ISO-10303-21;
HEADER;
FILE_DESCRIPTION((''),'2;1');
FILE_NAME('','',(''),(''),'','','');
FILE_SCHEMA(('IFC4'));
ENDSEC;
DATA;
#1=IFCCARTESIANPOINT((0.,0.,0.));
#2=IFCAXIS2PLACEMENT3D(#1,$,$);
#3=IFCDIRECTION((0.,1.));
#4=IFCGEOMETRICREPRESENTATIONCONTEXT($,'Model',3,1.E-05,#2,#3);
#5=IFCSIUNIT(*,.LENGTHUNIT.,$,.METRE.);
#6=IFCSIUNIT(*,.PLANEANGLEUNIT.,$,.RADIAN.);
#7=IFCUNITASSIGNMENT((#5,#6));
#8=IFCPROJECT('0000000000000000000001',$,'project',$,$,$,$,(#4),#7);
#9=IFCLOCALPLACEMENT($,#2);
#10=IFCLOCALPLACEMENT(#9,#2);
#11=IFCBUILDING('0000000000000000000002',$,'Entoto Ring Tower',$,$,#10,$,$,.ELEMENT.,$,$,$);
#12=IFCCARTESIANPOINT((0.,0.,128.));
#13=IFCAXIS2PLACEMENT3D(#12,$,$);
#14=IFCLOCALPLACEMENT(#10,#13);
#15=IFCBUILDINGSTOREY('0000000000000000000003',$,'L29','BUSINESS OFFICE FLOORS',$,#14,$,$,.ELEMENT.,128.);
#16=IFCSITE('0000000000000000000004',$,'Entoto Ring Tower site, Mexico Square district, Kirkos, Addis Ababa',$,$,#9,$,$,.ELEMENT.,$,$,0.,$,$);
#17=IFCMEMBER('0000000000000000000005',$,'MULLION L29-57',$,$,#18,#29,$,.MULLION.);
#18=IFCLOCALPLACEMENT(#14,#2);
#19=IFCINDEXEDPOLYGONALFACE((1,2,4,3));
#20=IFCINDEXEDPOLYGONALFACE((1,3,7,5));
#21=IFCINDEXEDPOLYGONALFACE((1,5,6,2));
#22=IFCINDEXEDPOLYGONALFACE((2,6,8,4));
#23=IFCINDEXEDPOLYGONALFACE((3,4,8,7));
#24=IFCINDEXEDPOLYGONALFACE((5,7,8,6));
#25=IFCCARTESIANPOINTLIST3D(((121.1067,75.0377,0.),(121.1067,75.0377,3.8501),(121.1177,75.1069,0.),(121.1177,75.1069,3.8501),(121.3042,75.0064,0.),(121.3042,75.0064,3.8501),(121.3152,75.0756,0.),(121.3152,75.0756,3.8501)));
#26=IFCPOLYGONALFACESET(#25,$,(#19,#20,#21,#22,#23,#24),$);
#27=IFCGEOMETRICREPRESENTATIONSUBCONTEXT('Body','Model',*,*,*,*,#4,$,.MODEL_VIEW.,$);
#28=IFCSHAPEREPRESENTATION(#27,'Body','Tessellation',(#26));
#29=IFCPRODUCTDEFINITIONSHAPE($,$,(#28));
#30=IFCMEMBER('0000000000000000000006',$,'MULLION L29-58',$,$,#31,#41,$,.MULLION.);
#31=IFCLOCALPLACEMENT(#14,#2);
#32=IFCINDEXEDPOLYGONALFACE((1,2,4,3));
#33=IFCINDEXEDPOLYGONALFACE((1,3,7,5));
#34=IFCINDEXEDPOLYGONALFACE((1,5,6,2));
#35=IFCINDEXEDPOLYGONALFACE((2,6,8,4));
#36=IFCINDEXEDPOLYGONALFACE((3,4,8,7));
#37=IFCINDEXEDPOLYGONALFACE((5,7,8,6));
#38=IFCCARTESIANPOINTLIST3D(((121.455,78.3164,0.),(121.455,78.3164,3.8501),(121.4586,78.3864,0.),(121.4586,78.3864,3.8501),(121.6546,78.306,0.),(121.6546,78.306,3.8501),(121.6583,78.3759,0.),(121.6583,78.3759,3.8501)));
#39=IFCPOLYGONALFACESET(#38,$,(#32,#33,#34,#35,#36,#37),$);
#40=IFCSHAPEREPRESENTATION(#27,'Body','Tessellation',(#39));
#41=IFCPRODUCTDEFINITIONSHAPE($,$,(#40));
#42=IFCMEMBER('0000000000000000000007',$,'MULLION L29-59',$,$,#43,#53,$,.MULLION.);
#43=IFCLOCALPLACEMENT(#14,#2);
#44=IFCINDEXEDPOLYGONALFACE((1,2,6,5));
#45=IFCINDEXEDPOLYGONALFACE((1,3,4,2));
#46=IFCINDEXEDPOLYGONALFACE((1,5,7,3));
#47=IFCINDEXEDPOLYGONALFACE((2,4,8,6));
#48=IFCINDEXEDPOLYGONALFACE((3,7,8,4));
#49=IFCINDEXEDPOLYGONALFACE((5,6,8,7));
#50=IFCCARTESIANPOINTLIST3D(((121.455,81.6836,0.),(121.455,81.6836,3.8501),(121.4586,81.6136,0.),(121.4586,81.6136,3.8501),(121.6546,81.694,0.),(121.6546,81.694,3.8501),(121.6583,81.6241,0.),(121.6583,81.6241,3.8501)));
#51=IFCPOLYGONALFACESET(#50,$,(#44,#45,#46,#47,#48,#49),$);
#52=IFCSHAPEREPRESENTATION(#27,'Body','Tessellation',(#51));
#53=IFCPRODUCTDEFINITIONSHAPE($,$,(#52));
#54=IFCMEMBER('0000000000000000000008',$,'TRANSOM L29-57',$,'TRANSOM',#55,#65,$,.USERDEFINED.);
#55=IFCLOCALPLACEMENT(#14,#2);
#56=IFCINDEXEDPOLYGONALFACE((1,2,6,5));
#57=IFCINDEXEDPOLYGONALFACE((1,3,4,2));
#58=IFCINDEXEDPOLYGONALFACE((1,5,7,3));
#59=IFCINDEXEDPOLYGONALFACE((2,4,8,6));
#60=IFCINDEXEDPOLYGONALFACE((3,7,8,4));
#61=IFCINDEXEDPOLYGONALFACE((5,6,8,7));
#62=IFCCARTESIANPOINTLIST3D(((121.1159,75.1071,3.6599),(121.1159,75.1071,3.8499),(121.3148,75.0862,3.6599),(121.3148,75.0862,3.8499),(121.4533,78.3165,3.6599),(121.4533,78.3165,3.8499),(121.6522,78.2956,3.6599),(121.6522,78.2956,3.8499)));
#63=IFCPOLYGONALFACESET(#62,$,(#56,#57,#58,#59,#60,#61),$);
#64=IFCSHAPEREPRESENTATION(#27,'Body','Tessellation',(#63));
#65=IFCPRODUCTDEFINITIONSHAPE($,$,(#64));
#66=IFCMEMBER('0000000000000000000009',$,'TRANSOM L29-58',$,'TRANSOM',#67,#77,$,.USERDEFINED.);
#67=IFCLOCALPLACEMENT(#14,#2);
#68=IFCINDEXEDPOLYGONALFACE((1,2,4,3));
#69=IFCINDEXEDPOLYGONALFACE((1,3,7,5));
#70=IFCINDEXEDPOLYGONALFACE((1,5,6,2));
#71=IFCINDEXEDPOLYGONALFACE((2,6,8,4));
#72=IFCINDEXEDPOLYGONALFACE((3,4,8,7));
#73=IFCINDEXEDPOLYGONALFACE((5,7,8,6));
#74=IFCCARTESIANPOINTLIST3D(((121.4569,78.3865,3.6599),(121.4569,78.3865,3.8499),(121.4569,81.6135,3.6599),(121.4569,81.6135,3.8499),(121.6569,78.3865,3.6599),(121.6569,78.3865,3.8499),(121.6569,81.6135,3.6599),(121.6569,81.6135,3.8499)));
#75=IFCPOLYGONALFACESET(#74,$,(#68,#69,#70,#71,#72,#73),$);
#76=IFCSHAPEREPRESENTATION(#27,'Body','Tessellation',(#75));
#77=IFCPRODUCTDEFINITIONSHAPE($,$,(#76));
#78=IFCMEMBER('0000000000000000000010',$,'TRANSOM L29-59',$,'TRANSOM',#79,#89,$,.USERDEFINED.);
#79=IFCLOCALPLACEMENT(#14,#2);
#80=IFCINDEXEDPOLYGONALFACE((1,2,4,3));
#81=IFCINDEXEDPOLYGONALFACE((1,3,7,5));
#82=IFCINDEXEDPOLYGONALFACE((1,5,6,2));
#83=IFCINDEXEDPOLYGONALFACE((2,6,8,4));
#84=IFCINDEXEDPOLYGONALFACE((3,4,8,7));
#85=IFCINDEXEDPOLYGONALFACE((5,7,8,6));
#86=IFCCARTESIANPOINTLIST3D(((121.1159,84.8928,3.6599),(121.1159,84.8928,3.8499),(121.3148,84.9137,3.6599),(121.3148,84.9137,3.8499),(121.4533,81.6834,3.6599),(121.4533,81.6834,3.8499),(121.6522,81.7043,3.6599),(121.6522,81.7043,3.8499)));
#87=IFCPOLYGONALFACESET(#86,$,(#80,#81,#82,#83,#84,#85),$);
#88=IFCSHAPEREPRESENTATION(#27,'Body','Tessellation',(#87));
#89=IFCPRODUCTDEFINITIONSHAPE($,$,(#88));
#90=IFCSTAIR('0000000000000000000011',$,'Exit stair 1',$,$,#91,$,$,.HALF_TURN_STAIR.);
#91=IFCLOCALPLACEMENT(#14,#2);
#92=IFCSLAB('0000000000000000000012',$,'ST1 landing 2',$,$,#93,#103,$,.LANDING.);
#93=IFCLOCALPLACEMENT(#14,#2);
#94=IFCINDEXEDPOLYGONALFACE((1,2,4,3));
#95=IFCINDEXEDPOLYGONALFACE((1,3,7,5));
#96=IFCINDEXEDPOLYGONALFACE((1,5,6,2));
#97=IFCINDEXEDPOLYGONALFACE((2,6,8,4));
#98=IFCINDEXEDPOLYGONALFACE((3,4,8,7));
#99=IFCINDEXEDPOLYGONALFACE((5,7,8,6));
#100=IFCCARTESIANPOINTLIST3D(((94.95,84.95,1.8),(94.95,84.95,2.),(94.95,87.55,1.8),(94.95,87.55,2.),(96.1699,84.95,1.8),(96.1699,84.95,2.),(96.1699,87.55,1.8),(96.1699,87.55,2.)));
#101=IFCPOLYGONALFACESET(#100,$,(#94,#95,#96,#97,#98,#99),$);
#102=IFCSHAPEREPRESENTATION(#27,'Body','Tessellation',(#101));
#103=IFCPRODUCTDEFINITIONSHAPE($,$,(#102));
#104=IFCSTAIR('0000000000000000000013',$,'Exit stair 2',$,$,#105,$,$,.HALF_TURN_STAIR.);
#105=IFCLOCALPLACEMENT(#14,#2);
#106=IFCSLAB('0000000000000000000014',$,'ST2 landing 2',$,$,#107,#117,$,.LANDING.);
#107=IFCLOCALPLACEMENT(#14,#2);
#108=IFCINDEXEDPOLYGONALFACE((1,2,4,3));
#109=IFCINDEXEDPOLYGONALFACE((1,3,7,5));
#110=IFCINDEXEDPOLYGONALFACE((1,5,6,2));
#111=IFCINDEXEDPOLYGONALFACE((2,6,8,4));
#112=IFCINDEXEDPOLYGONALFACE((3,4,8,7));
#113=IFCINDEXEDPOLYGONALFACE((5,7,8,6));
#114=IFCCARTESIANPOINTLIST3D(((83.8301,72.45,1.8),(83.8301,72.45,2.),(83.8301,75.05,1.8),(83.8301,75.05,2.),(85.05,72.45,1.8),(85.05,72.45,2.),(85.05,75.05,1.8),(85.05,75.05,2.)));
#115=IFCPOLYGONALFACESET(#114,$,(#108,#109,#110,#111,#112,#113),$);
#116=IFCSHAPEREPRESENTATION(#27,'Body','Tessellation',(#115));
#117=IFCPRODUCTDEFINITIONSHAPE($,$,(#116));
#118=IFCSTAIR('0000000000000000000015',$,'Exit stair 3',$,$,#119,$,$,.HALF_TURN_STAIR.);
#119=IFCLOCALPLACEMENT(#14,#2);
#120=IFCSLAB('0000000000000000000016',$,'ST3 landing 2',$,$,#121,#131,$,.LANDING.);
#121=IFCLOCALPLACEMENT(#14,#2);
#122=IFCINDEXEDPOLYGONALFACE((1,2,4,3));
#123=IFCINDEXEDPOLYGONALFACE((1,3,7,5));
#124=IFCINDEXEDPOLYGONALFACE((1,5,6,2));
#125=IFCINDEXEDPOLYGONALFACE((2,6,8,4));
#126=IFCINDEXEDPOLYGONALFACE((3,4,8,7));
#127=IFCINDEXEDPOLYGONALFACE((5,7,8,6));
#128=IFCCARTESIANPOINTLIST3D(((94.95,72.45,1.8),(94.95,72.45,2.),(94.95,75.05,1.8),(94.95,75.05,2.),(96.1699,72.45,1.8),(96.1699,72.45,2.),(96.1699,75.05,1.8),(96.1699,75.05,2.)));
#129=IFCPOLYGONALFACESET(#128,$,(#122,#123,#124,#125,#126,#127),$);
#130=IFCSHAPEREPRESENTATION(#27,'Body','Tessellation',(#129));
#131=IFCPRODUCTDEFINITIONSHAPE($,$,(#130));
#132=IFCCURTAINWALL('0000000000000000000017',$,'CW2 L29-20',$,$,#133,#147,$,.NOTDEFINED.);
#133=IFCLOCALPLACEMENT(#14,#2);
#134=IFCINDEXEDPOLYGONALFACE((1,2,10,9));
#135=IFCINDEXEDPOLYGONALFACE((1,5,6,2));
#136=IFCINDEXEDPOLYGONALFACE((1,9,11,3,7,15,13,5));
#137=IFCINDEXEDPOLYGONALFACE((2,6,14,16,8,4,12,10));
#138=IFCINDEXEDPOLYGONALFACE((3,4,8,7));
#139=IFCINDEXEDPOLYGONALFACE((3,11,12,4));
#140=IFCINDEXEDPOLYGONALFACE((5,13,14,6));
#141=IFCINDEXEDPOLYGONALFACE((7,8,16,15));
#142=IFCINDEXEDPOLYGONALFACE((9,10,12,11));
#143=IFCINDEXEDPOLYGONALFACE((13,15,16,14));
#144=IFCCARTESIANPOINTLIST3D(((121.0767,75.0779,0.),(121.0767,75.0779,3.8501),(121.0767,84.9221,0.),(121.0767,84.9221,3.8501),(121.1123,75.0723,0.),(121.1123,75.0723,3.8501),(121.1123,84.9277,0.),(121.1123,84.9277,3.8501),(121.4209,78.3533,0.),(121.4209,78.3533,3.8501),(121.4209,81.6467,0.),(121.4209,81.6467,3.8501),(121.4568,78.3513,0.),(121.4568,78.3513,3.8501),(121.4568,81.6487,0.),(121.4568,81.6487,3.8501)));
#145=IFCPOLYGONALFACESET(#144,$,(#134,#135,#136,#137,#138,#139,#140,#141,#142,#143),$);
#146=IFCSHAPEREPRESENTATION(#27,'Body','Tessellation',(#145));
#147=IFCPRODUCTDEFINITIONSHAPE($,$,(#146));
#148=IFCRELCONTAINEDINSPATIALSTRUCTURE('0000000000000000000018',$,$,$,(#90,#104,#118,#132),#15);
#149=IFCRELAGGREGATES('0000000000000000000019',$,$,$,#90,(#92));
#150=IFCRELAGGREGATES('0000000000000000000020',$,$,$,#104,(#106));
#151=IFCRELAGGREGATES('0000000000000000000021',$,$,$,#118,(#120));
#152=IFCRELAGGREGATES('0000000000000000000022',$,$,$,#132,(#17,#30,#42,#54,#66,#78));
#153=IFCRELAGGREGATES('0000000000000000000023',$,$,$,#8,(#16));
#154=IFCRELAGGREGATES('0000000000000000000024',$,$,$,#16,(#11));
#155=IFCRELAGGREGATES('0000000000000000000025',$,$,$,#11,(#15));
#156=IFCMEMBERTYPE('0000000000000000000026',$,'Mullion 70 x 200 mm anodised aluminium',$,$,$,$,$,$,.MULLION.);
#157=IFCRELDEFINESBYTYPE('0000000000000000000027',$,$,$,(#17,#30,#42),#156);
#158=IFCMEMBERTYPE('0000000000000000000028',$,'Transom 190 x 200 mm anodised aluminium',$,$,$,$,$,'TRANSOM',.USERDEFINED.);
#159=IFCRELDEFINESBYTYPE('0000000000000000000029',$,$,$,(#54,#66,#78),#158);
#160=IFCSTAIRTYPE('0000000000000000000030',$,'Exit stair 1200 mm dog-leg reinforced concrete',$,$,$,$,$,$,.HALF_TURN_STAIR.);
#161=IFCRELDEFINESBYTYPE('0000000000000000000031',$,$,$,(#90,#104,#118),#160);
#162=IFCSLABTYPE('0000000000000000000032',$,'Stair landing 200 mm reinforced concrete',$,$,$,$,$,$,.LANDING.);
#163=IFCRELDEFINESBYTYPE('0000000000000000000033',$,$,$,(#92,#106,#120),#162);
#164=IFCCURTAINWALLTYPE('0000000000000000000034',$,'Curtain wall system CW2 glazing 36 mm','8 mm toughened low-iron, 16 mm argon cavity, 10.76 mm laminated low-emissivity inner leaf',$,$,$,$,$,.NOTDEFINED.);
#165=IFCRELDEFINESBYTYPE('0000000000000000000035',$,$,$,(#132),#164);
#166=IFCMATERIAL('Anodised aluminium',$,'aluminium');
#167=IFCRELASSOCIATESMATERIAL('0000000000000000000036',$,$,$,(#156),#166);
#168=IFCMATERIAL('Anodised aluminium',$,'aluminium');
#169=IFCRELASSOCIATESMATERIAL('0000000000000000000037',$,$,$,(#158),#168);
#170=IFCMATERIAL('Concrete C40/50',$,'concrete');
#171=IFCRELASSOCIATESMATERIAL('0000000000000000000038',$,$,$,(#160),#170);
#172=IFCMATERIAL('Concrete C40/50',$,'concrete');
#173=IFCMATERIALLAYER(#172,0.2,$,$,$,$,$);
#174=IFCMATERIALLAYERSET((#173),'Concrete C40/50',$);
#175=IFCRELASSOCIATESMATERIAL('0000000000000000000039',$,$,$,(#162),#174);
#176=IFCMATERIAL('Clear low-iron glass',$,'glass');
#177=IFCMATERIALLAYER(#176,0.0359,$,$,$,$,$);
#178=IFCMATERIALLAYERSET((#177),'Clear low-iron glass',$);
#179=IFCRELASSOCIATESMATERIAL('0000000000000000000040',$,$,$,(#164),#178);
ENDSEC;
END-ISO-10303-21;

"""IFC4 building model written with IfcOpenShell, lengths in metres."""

from ifc_helpers import new_model, si_unit, direction, frame, origin, origin_2d, place, context, subcontext, project, spatial, polyline, rectangle, outline, extrude, material, layer, layer_set, material_profile, profile_set, type_object, element, aggregate, save


model = new_model("IFC4")

# Units and contexts
model_context = context("Model", 3, precision=1e-05, world=origin(), true_north=direction((0.0, 1.0)))
body_context = subcontext(model_context, "Body", "Model", "MODEL_VIEW")
ifc_project = project(units=[si_unit("LENGTHUNIT", "METRE"), si_unit("PLANEANGLEUNIT", "RADIAN")], contexts=[model_context])

# Members
ifc_material_1 = material(Name="Anodised aluminium", Category="aluminium")
ifc_material_profile_1 = material_profile(ifc_material_1, rectangle(XDim=0.0701, YDim=0.2, at=origin_2d()), Name="Mullion 70 x 200 mm anodised aluminium")
ifc_profile_set_1 = profile_set([ifc_material_profile_1], Name="Anodised aluminium")
member_type_1 = type_object("IfcMemberType", Name="Mullion 70 x 200 mm anodised aluminium", PredefinedType="MULLION", material=ifc_profile_set_1)
site_placement = place(None, origin())
building_placement = place(site_placement, origin())
storey_placement = place(building_placement, frame((0.0, 0.0, 128.0)))
member_1_placement = place(storey_placement, frame((121.2109, 75.0566, 0.0), z_axis=(0.0, 0.0, 1.0), x_axis=(0.156434, 0.987688, 0.0)))
member_1 = element("IfcMember", 1, at=member_1_placement, type_object=member_type_1, Name="MULLION L29-57", PredefinedType="MULLION", context=body_context, shape_type="SweptSolid", body=[
    extrude(rectangle(XDim=0.0701, YDim=0.2, at=origin_2d()), origin(), (0.0, 0.0, 1.0), 3.8501),
])
member_2_placement = place(storey_placement, frame((121.5566, 78.3462, 0.0), z_axis=(0.0, 0.0, 1.0), x_axis=(0.052336, 0.99863, 0.0)))
member_2 = element("IfcMember", 2, at=member_2_placement, type_object=member_type_1, Name="MULLION L29-58", PredefinedType="MULLION", context=body_context, shape_type="SweptSolid", body=[
    extrude(rectangle(XDim=0.0701, YDim=0.2, at=origin_2d()), origin(), (0.0, 0.0, 1.0), 3.8501),
])
member_3_placement = place(storey_placement, frame((121.5566, 81.6538, 0.0), z_axis=(0.0, 0.0, 1.0), x_axis=(-0.052336, 0.99863, 0.0)))
member_3 = element("IfcMember", 3, at=member_3_placement, type_object=member_type_1, Name="MULLION L29-59", PredefinedType="MULLION", context=body_context, shape_type="SweptSolid", body=[
    extrude(rectangle(XDim=0.0701, YDim=0.2, at=origin_2d()), origin(), (0.0, 0.0, 1.0), 3.8501),
])
ifc_material_2 = material(Name="Anodised aluminium", Category="aluminium")
ifc_material_profile_2 = material_profile(ifc_material_2, rectangle(XDim=0.2, YDim=0.1899, at=origin_2d()), Name="Transom 190 x 200 mm anodised aluminium")
ifc_profile_set_2 = profile_set([ifc_material_profile_2], Name="Anodised aluminium")
member_type_2 = type_object("IfcMemberType", Name="Transom 190 x 200 mm anodised aluminium", ElementType="TRANSOM", PredefinedType="USERDEFINED", material=ifc_profile_set_2)
member_4_placement = place(storey_placement, frame((121.2153, 75.0967, 3.7549), z_axis=(0.104551, 0.99452, 0.0), x_axis=(-0.99452, 0.104551, 0.0)))
member_4 = element("IfcMember", 4, at=member_4_placement, type_object=member_type_2, Name="TRANSOM L29-57", ObjectType="TRANSOM", PredefinedType="USERDEFINED", context=body_context, shape_type="SweptSolid", body=[
    extrude(rectangle(XDim=0.2, YDim=0.1899, at=origin_2d()), origin(), (0.0, 0.0, 1.0), 3.2271),
])
member_5_placement = place(storey_placement, frame((121.5569, 78.3865, 3.7549), z_axis=(0.0, 1.0, 0.0), x_axis=(-1.0, 0.0, 0.0)))
member_5 = element("IfcMember", 5, at=member_5_placement, type_object=member_type_2, Name="TRANSOM L29-58", ObjectType="TRANSOM", PredefinedType="USERDEFINED", context=body_context, shape_type="SweptSolid", body=[
    extrude(rectangle(XDim=0.2, YDim=0.1899, at=origin_2d()), origin(), (0.0, 0.0, 1.0), 3.2271),
])
member_6_placement = place(storey_placement, frame((121.5527, 81.6938, 3.7549), z_axis=(-0.104551, 0.99452, 0.0), x_axis=(-0.99452, -0.104551, 0.0)))
member_6 = element("IfcMember", 6, at=member_6_placement, type_object=member_type_2, Name="TRANSOM L29-59", ObjectType="TRANSOM", PredefinedType="USERDEFINED", context=body_context, shape_type="SweptSolid", body=[
    extrude(rectangle(XDim=0.2, YDim=0.1899, at=origin_2d()), origin(), (0.0, 0.0, 1.0), 3.2271),
])

# Site, building, storey
site = spatial("IfcSite", under=ifc_project, at=site_placement, Name="Entoto Ring Tower site, Mexico Square district, Kirkos, Addis Ababa", CompositionType="ELEMENT", RefElevation=0.0)
building = spatial("IfcBuilding", under=site, at=building_placement, Name="Entoto Ring Tower", CompositionType="ELEMENT")
storey = spatial("IfcBuildingStorey", under=building, at=storey_placement, Name="L29", Description="BUSINESS OFFICE FLOORS", CompositionType="ELEMENT", Elevation=128.0)

# Stairs, slabs
ifc_material_3 = material(Name="Concrete C40/50", Category="concrete")
stair_type = type_object("IfcStairType", Name="Exit stair 1200 mm dog-leg reinforced concrete", PredefinedType="HALF_TURN_STAIR", material=ifc_material_3)
stair_1_placement = place(storey_placement, origin())
stair_1 = element("IfcStair", 7, at=stair_1_placement, inside=storey, type_object=stair_type, Name="Exit stair 1", PredefinedType="HALF_TURN_STAIR")
ifc_material_4 = material(Name="Concrete C40/50", Category="concrete")
ifc_layer_1 = layer(ifc_material_4, 0.2)
ifc_layer_set_1 = layer_set([ifc_layer_1], Name="Concrete C40/50")
slab_type = type_object("IfcSlabType", Name="Stair landing 200 mm reinforced concrete", PredefinedType="LANDING", material=ifc_layer_set_1)
slab_1_placement = place(storey_placement, frame((0.0, 0.0, 1.8)))
slab_1 = element("IfcSlab", 8, at=slab_1_placement, type_object=slab_type, Name="ST1 landing 2", PredefinedType="LANDING", context=body_context, shape_type="SweptSolid", body=[
    extrude(outline(polyline([(94.95, 84.95), (96.1699, 84.95), (96.1699, 87.55), (94.95, 87.55), (94.95, 84.95)])), origin(), (0.0, 0.0, 1.0), 0.2),
])
aggregate(stair_1, [slab_1])
stair_2_placement = place(storey_placement, origin())
stair_2 = element("IfcStair", 9, at=stair_2_placement, inside=storey, type_object=stair_type, Name="Exit stair 2", PredefinedType="HALF_TURN_STAIR")
slab_2_placement = place(storey_placement, frame((0.0, 0.0, 1.8)))
slab_2 = element("IfcSlab", 10, at=slab_2_placement, type_object=slab_type, Name="ST2 landing 2", PredefinedType="LANDING", context=body_context, shape_type="SweptSolid", body=[
    extrude(outline(polyline([(83.8301, 72.45), (85.05, 72.45), (85.05, 75.05), (83.8301, 75.05), (83.8301, 72.45)])), origin(), (0.0, 0.0, 1.0), 0.2),
])
aggregate(stair_2, [slab_2])
stair_3_placement = place(storey_placement, origin())
stair_3 = element("IfcStair", 11, at=stair_3_placement, inside=storey, type_object=stair_type, Name="Exit stair 3", PredefinedType="HALF_TURN_STAIR")
slab_3_placement = place(storey_placement, frame((0.0, 0.0, 1.8)))
slab_3 = element("IfcSlab", 12, at=slab_3_placement, type_object=slab_type, Name="ST3 landing 2", PredefinedType="LANDING", context=body_context, shape_type="SweptSolid", body=[
    extrude(outline(polyline([(94.95, 72.45), (96.1699, 72.45), (96.1699, 75.05), (94.95, 75.05), (94.95, 72.45)])), origin(), (0.0, 0.0, 1.0), 0.2),
])
aggregate(stair_3, [slab_3])

# Curtain wall
ifc_material_5 = material(Name="Clear low-iron glass", Category="glass")
ifc_layer_2 = layer(ifc_material_5, 0.0359)
ifc_layer_set_2 = layer_set([ifc_layer_2], Name="Clear low-iron glass")
curtain_wall_type = type_object("IfcCurtainWallType", Name="Curtain wall system CW2 glazing 36 mm", Description="8 mm toughened low-iron, 16 mm argon cavity, 10.76 mm laminated low-emissivity inner leaf", PredefinedType="NOTDEFINED", material=ifc_layer_set_2)
curtain_wall_1_placement = place(storey_placement, origin())
curtain_wall_1 = element("IfcCurtainWall", 13, at=curtain_wall_1_placement, inside=storey, type_object=curtain_wall_type, Name="CW2 L29-20", PredefinedType="NOTDEFINED", context=body_context, shape_type="SweptSolid", body=[
    extrude(outline(polyline([(121.1123, 75.0723), (121.4568, 78.3513), (121.4568, 81.6487), (121.1123, 84.9277), (121.0767, 84.9221), (121.4209, 81.6467), (121.4209, 78.3533), (121.0767, 75.0779), (121.1123, 75.0723)])), origin(), (0.0, 0.0, 1.0), 3.8501),
])
aggregate(curtain_wall_1, [member_1, member_2, member_3, member_4, member_5, member_6])

save(model, "model.ifc")
